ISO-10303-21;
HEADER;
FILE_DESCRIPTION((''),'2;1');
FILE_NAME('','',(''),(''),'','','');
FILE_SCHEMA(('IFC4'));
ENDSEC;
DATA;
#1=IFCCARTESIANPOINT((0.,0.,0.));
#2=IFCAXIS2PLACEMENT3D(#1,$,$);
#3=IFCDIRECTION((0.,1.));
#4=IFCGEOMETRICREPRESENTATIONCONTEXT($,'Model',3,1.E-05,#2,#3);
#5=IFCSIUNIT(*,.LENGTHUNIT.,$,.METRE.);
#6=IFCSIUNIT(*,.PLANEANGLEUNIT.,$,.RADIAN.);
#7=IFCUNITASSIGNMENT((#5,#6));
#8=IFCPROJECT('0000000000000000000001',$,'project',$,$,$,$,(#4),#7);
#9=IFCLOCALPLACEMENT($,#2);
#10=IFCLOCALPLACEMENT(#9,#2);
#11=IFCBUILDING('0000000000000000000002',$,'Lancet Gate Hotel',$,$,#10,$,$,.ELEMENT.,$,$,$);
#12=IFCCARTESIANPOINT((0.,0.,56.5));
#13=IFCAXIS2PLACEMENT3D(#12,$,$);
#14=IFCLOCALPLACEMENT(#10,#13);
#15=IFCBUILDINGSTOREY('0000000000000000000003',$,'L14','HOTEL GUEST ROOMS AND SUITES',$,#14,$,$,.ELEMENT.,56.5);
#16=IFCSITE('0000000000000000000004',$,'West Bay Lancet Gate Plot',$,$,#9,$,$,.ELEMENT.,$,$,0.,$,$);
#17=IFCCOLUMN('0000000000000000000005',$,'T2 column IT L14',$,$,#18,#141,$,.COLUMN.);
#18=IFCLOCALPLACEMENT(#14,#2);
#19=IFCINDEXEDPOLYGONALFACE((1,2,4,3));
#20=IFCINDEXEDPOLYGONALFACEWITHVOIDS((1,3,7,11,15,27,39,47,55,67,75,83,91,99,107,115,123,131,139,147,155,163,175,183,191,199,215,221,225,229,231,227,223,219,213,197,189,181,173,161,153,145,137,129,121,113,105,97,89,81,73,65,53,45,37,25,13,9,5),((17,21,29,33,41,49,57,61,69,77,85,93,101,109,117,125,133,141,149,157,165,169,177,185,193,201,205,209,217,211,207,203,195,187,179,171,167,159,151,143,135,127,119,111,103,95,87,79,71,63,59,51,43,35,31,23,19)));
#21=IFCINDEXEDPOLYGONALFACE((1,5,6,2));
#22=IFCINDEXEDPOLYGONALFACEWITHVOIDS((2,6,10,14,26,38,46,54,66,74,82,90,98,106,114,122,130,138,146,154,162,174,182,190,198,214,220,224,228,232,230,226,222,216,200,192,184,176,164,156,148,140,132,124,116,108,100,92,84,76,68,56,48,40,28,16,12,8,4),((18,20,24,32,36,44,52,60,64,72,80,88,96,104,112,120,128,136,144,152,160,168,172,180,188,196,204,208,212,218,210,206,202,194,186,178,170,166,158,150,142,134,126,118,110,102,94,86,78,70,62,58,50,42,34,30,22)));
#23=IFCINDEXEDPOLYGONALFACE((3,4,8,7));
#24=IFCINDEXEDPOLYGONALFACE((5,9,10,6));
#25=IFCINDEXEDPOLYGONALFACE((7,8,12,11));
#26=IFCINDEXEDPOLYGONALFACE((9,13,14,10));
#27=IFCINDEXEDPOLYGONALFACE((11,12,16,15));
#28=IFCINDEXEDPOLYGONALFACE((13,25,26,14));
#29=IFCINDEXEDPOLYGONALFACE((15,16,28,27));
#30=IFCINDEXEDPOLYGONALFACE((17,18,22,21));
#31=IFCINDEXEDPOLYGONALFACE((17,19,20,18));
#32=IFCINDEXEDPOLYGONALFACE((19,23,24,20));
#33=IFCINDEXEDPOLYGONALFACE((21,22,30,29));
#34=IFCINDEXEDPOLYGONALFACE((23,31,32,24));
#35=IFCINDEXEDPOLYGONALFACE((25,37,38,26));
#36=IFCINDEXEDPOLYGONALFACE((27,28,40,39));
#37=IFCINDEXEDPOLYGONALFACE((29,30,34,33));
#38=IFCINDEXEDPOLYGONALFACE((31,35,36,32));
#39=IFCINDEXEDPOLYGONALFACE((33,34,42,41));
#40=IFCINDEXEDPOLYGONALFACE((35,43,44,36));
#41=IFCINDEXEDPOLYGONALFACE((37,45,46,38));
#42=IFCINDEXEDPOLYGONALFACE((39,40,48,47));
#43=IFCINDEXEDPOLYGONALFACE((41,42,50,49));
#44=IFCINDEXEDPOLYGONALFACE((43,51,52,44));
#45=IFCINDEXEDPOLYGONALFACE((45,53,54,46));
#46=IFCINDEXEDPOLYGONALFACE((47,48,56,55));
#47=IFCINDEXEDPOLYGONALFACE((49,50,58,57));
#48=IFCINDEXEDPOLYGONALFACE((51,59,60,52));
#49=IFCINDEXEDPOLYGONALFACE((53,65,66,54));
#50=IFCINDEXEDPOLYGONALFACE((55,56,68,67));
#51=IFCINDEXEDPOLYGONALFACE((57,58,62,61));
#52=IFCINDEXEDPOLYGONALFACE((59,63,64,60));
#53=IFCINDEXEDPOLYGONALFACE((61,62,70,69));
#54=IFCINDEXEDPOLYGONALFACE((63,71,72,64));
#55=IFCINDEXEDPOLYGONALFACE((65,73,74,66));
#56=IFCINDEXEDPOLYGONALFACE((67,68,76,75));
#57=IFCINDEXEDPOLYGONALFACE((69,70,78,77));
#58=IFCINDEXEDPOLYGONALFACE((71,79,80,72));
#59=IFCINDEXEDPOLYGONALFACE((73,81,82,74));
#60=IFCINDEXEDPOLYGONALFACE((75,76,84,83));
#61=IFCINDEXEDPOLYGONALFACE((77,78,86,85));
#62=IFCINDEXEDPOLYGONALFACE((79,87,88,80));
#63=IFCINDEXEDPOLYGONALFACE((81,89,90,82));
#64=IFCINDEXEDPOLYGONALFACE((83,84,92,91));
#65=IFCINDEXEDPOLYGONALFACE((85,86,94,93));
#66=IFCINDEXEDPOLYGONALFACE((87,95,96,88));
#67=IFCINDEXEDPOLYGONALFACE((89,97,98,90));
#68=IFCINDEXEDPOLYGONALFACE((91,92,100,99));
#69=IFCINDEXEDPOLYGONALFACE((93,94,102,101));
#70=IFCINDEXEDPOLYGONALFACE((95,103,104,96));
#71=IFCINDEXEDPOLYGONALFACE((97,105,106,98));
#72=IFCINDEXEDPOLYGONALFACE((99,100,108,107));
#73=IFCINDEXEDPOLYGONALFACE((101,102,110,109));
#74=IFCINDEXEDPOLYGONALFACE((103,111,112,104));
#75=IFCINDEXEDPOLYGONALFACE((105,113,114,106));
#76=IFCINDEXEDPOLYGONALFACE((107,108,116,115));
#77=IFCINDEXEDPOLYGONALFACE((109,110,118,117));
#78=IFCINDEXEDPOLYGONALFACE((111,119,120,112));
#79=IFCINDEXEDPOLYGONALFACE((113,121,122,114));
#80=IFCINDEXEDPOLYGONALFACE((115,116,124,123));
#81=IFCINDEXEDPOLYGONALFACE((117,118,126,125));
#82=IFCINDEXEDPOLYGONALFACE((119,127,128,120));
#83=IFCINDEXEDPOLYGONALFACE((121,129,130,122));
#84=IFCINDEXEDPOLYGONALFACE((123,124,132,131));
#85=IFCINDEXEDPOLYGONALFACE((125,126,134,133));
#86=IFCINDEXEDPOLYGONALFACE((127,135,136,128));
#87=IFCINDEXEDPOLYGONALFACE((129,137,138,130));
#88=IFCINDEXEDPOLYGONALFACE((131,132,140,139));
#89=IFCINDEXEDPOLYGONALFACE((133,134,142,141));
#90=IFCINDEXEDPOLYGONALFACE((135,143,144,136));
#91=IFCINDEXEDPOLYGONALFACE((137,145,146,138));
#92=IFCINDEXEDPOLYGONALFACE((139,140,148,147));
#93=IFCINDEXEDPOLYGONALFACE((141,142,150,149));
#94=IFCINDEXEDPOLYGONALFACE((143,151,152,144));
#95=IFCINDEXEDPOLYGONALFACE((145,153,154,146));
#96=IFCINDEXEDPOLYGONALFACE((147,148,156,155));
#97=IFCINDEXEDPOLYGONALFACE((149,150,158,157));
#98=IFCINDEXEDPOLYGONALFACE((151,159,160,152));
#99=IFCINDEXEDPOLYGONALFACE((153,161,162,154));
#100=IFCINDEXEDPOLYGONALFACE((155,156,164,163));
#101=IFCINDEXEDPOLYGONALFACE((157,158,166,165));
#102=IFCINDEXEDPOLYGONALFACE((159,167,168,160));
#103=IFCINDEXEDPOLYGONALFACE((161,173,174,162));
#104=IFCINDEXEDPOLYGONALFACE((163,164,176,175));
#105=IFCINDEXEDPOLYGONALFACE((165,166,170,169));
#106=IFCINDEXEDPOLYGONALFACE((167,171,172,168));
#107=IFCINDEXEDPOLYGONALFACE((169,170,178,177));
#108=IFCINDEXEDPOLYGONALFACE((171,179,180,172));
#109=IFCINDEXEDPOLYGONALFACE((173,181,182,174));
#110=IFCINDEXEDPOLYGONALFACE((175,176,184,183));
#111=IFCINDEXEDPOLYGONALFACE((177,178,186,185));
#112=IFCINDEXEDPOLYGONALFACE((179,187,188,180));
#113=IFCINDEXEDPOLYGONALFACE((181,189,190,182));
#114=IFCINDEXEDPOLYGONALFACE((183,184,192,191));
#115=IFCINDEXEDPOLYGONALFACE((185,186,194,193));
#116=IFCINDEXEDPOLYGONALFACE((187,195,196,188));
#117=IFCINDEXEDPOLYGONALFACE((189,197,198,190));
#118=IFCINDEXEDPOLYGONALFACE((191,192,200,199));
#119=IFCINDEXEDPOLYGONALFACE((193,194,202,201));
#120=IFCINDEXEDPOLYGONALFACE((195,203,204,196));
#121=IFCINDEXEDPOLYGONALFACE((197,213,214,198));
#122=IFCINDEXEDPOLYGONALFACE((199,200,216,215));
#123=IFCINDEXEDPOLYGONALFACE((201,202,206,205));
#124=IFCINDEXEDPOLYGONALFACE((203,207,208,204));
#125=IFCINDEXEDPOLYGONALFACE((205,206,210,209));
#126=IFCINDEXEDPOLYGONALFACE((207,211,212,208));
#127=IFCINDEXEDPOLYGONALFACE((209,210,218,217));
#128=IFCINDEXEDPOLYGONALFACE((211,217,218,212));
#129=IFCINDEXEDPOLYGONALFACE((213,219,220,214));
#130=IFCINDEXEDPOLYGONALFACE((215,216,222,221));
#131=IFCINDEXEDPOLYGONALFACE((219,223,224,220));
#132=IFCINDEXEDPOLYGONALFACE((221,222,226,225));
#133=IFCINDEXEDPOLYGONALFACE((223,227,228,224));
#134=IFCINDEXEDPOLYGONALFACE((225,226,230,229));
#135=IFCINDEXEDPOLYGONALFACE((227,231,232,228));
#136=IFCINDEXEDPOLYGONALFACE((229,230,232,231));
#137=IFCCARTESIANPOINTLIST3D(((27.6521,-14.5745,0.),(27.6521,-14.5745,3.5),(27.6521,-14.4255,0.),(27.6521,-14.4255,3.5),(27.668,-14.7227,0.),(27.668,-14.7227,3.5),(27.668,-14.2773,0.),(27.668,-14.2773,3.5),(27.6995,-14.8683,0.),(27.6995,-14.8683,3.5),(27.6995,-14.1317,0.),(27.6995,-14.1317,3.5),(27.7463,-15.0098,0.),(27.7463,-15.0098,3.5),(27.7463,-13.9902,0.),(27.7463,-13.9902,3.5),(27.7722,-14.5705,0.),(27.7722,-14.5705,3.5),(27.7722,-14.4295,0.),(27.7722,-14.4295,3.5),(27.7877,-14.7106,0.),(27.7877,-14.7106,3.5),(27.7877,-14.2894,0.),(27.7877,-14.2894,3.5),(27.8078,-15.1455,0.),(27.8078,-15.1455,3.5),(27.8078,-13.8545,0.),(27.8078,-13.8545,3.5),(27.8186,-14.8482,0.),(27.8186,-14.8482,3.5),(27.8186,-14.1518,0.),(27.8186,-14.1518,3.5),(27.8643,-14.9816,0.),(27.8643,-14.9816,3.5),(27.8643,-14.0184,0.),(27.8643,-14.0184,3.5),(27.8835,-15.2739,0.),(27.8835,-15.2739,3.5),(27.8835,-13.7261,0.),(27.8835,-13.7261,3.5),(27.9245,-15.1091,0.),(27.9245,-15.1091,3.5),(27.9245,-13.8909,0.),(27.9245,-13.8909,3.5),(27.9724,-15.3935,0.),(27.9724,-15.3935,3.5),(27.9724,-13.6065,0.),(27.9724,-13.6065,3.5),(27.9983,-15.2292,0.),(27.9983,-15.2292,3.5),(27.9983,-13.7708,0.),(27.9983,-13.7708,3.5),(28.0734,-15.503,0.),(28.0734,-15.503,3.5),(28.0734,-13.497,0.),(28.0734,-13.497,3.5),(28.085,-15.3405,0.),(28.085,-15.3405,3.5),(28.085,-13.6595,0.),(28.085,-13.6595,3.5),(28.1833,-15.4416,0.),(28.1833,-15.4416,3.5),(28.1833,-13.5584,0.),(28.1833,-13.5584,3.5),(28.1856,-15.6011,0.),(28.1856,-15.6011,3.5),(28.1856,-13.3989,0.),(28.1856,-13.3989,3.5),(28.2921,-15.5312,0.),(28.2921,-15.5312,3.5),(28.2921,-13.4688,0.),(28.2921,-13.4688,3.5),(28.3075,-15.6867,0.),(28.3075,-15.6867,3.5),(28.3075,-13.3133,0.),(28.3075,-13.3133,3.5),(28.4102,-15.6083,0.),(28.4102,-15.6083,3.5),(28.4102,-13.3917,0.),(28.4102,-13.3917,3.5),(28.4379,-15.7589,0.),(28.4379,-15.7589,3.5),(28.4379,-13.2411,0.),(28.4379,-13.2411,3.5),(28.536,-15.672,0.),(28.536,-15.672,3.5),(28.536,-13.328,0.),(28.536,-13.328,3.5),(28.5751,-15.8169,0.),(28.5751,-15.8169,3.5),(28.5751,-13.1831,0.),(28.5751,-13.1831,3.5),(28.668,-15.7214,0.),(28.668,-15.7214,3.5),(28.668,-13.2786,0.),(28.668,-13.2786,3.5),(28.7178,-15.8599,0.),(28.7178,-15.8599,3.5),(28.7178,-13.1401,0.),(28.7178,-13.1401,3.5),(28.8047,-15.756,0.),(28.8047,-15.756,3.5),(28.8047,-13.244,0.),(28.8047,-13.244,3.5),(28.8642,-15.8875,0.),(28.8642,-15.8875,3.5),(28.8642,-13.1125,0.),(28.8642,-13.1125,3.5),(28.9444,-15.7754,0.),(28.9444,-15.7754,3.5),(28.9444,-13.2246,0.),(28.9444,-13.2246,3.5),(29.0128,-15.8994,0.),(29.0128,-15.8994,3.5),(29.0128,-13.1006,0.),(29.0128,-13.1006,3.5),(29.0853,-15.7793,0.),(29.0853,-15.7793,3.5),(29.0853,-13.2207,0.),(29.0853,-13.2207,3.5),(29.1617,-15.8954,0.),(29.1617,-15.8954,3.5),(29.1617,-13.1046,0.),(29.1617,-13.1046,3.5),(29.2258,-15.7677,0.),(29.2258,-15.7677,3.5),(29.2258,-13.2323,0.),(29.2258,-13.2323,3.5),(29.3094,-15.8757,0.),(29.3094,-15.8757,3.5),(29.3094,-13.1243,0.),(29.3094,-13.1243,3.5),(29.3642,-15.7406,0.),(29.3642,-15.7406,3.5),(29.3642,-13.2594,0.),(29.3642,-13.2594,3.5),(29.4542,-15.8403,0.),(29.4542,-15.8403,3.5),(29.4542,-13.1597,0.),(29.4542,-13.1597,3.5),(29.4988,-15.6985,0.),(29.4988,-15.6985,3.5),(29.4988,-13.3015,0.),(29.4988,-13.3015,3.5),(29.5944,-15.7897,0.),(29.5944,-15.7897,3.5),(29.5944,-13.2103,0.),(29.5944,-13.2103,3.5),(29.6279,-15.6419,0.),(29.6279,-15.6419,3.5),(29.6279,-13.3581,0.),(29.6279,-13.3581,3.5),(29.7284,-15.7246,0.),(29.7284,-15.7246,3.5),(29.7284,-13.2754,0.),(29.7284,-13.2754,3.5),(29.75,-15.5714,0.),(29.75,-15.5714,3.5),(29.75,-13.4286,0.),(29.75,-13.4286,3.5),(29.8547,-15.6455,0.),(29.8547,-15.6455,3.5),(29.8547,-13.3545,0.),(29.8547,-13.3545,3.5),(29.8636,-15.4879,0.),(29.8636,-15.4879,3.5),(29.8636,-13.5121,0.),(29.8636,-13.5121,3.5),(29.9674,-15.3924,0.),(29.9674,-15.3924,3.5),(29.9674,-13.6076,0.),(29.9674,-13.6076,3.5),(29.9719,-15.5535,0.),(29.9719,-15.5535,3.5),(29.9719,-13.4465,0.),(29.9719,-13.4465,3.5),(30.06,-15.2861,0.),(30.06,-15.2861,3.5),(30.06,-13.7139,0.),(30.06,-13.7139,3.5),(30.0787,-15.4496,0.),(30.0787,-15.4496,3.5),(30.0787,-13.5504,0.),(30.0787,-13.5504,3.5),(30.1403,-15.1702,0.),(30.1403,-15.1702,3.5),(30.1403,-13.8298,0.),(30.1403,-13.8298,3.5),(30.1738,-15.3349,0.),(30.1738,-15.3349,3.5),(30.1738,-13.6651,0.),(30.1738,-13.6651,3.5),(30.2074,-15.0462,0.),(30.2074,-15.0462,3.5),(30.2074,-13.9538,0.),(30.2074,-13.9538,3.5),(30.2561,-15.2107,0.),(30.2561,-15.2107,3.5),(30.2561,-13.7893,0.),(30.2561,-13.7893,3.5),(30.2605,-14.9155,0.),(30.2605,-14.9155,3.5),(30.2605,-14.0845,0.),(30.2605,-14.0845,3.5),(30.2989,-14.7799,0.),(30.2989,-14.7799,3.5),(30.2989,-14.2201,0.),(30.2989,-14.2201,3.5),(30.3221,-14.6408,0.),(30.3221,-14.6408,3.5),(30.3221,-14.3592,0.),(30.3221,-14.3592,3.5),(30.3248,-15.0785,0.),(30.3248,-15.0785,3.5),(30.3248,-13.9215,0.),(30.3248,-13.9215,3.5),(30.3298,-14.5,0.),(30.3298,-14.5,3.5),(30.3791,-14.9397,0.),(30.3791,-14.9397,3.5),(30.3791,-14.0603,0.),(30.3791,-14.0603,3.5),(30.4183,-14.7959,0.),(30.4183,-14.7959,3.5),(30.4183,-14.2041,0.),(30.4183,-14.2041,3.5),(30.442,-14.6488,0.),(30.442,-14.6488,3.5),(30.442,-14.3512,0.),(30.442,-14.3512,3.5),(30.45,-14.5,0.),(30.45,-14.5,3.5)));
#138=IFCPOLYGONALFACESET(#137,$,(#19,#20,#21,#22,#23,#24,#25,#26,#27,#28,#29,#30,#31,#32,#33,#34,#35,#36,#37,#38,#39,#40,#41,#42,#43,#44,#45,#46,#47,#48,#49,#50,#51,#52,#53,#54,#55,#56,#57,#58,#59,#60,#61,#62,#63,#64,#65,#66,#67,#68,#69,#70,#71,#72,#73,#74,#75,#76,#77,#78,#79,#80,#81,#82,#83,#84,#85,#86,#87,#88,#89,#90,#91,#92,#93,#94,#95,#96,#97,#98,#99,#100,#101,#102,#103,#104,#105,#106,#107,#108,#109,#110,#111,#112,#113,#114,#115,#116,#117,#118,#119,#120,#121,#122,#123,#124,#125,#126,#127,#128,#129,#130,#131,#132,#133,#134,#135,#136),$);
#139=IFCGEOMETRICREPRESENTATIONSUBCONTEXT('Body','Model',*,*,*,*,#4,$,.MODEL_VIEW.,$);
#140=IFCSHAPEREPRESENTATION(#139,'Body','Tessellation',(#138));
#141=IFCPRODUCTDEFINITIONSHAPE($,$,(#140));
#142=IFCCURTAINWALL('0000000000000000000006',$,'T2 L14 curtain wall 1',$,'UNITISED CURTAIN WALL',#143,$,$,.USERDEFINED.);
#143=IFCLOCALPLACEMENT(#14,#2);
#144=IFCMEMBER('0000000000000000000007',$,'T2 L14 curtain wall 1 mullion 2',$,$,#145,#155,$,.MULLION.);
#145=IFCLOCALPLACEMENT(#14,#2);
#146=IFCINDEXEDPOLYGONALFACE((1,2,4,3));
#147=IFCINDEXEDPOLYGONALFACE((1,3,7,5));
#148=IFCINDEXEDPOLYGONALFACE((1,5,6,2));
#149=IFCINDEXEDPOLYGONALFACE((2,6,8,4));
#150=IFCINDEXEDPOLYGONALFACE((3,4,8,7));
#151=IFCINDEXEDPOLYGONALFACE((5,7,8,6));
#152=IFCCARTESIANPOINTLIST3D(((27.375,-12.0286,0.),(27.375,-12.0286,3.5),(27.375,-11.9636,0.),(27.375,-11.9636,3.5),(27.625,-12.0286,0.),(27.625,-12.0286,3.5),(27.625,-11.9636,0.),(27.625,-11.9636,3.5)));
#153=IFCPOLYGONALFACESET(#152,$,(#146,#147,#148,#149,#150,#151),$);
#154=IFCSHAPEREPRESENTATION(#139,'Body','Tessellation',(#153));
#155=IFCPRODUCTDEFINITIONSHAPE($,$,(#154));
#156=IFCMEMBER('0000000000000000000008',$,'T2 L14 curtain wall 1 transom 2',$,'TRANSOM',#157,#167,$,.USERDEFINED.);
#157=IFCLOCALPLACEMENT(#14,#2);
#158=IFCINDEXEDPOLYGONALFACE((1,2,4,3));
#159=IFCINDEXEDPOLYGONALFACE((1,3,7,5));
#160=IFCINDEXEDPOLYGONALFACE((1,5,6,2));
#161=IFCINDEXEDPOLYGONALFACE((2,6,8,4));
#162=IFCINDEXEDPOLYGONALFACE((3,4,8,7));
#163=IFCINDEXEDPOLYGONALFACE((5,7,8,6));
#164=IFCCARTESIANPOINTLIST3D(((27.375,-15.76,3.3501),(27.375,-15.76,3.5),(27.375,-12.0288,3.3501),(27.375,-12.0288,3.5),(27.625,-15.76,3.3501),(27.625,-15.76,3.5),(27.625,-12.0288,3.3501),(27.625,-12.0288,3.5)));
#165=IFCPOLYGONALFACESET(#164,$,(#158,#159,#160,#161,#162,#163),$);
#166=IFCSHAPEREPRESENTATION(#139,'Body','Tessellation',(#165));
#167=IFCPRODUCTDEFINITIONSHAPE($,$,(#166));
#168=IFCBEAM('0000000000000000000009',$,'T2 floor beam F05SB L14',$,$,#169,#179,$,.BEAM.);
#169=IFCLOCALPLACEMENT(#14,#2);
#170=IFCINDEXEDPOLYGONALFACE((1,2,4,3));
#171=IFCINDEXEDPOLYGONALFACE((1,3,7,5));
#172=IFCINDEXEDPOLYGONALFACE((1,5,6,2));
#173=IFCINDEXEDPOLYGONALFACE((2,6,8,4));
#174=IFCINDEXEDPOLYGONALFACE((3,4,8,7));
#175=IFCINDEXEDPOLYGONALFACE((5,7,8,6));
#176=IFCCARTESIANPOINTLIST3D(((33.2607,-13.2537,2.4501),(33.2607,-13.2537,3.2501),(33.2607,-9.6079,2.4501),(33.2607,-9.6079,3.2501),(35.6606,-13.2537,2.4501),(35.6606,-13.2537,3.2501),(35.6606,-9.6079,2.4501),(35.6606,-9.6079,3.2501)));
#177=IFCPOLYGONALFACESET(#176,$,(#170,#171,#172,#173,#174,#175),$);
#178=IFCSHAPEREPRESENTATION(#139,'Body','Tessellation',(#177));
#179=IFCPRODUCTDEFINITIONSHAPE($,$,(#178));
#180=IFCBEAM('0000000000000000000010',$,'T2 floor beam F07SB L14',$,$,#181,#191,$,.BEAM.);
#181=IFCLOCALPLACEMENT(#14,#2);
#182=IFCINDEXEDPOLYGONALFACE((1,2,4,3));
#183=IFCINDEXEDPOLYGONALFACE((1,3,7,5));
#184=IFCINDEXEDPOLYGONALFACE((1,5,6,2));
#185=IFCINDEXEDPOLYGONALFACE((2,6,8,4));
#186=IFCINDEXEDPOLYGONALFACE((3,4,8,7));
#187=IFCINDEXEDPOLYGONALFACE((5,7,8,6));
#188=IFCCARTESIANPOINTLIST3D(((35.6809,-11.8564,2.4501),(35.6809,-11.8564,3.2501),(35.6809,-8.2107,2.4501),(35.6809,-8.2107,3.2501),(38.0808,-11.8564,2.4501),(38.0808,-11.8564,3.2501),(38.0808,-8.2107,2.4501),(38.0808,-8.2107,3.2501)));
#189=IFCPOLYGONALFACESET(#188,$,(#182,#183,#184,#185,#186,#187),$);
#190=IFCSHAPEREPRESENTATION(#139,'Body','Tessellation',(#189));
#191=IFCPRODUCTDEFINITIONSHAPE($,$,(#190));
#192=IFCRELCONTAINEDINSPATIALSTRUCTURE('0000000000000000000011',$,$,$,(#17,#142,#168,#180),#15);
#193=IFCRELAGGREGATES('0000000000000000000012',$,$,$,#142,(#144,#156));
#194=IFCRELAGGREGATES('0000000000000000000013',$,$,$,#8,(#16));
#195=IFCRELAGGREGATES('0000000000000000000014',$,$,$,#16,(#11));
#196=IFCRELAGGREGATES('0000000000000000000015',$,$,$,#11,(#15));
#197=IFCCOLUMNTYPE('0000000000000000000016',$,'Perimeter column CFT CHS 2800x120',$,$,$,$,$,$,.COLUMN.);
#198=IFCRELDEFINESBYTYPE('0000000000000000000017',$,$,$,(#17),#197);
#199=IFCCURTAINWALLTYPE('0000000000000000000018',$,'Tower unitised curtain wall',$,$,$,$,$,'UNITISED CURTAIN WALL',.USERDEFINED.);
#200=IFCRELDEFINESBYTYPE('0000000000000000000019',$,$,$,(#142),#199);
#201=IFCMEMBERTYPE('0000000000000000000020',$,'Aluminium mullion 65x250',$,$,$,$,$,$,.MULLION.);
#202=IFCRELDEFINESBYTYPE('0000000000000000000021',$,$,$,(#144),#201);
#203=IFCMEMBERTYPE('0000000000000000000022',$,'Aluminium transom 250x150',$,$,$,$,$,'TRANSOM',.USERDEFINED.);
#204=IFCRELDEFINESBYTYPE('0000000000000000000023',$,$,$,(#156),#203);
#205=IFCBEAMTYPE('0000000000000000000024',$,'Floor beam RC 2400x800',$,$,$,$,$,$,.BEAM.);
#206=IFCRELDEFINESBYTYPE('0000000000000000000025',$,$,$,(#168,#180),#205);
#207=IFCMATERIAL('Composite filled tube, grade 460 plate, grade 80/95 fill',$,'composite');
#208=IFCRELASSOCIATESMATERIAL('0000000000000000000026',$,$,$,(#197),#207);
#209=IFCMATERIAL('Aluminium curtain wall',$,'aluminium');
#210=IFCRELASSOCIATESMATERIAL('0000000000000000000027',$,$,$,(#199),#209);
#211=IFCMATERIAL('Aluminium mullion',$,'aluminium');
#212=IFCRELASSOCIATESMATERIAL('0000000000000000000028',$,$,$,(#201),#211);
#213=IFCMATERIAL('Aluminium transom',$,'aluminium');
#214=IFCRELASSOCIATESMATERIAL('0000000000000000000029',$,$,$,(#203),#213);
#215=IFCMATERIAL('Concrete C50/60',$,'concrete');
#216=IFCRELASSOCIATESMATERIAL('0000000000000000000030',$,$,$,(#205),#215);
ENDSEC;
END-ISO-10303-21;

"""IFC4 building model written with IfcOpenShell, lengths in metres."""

from ifc_helpers import new_model, si_unit, direction, frame, origin, origin_2d, place, context, subcontext, project, spatial, rectangle, hollow_circle, extrude, material, material_profile, profile_set, type_object, element, aggregate, save


model = new_model("IFC4")

# Units and contexts
model_context = context("Model", 3, precision=1e-05, world=origin(), true_north=direction((0.0, 1.0)))
body_context = subcontext(model_context, "Body", "Model", "MODEL_VIEW")
ifc_project = project(units=[si_unit("LENGTHUNIT", "METRE"), si_unit("PLANEANGLEUNIT", "RADIAN")], contexts=[model_context])

# Site, building, storey
site_placement = place(None, origin())
site = spatial("IfcSite", under=ifc_project, at=site_placement, Name="West Bay Lancet Gate Plot", CompositionType="ELEMENT", RefElevation=0.0)
building_placement = place(site_placement, origin())
building = spatial("IfcBuilding", under=site, at=building_placement, Name="Lancet Gate Hotel", CompositionType="ELEMENT")
storey_placement = place(building_placement, frame((0.0, 0.0, 56.5)))
storey = spatial("IfcBuildingStorey", under=building, at=storey_placement, Name="L14", Description="HOTEL GUEST ROOMS AND SUITES", CompositionType="ELEMENT", Elevation=56.5)

# Column
ifc_material_1 = material(Name="Composite filled tube, grade 460 plate, grade 80/95 fill", Category="composite")
ifc_material_profile_1 = material_profile(ifc_material_1, hollow_circle(Radius=1.3999, WallThickness=0.1201, at=origin_2d()), Name="CHS 2800x120")
ifc_profile_set_1 = profile_set([ifc_material_profile_1], Name="Composite filled tube, grade 460 plate, grade 80/95 fill")
column_type = type_object("IfcColumnType", Name="Perimeter column CFT CHS 2800x120", PredefinedType="COLUMN", material=ifc_profile_set_1)
for number, where, z_axis, x_axis, name in (
    (1, (29.05, -14.5, 0.0), (0.0, 0.0, 1.0), (1.0, 0.0, 0.0), "T2 column IT L14"),
):
    element("IfcColumn", number, at=place(storey_placement, frame(where, z_axis=z_axis, x_axis=x_axis)), inside=storey, type_object=column_type, Name=name, PredefinedType="COLUMN", context=body_context, shape_type="SweptSolid", body=[
        extrude(hollow_circle(Radius=1.3999, WallThickness=0.1201, at=origin_2d()), origin(), (0.0, 0.0, 1.0), 3.5),
    ])

# Curtain wall, members
ifc_material_2 = material(Name="Aluminium curtain wall", Category="aluminium")
curtain_wall_type = type_object("IfcCurtainWallType", Name="Tower unitised curtain wall", ElementType="UNITISED CURTAIN WALL", PredefinedType="USERDEFINED", material=ifc_material_2)
curtain_wall_placement = place(storey_placement, origin())
curtain_wall = element("IfcCurtainWall", 2, at=curtain_wall_placement, inside=storey, type_object=curtain_wall_type, Name="T2 L14 curtain wall 1", ObjectType="UNITISED CURTAIN WALL", PredefinedType="USERDEFINED")
ifc_material_3 = material(Name="Aluminium mullion", Category="aluminium")
ifc_material_profile_2 = material_profile(ifc_material_3, rectangle(XDim=0.0649, YDim=0.25, at=origin_2d()), Name="MULLION 65x250")
ifc_profile_set_2 = profile_set([ifc_material_profile_2], Name="Aluminium mullion")
member_type_1 = type_object("IfcMemberType", Name="Aluminium mullion 65x250", PredefinedType="MULLION", material=ifc_profile_set_2)
member_1_placement = place(storey_placement, frame((27.5, -11.9961, 0.0), z_axis=(0.0, 0.0, 1.0), x_axis=(0.0, -1.0, 0.0)))
member_1 = element("IfcMember", 3, at=member_1_placement, type_object=member_type_1, Name="T2 L14 curtain wall 1 mullion 2", PredefinedType="MULLION", context=body_context, shape_type="SweptSolid", body=[
    extrude(rectangle(XDim=0.0649, YDim=0.25, at=origin_2d()), origin(), (0.0, 0.0, 1.0), 3.5),
])
ifc_material_4 = material(Name="Aluminium transom", Category="aluminium")
ifc_material_profile_3 = material_profile(ifc_material_4, rectangle(XDim=0.25, YDim=0.1499, at=origin_2d()), Name="TRANSOM 250x150")
ifc_profile_set_3 = profile_set([ifc_material_profile_3], Name="Aluminium transom")
member_type_2 = type_object("IfcMemberType", Name="Aluminium transom 250x150", ElementType="TRANSOM", PredefinedType="USERDEFINED", material=ifc_profile_set_3)
member_2_placement = place(storey_placement, frame((27.5, -12.0288, 3.425), z_axis=(0.0, -1.0, 0.0), x_axis=(1.0, 0.0, 0.0)))
member_2 = element("IfcMember", 4, at=member_2_placement, type_object=member_type_2, Name="T2 L14 curtain wall 1 transom 2", ObjectType="TRANSOM", PredefinedType="USERDEFINED", context=body_context, shape_type="SweptSolid", body=[
    extrude(rectangle(XDim=0.25, YDim=0.1499, at=origin_2d()), origin(), (0.0, 0.0, 1.0), 3.7312),
])

# Beams
ifc_material_5 = material(Name="Concrete C50/60", Category="concrete")
ifc_material_profile_4 = material_profile(ifc_material_5, rectangle(XDim=2.3999, YDim=0.8, at=origin_2d()), Name="RC 2400x800")
ifc_profile_set_4 = profile_set([ifc_material_profile_4], Name="Concrete C50/60")
beam_type_1 = type_object("IfcBeamType", Name="Floor beam RC 2400x800", PredefinedType="BEAM", material=ifc_profile_set_4)
for number, where, z_axis, x_axis, name in (
    (5, (34.4607, -13.2537, 2.8501), (0.0, 1.0, 0.0), (-1.0, 0.0, 0.0), "T2 floor beam F05SB L14"),
    (6, (36.8809, -11.8564, 2.8501), (0.0, 1.0, 0.0), (-1.0, 0.0, 0.0), "T2 floor beam F07SB L14"),
):
    element("IfcBeam", number, at=place(storey_placement, frame(where, z_axis=z_axis, x_axis=x_axis)), inside=storey, type_object=beam_type_1, Name=name, PredefinedType="BEAM", context=body_context, shape_type="SweptSolid", body=[
        extrude(rectangle(XDim=2.3999, YDim=0.8, at=origin_2d()), origin(), (0.0, 0.0, 1.0), 3.6458),
    ])

aggregate(curtain_wall, [member_1, member_2])

save(model, "model.ifc")
